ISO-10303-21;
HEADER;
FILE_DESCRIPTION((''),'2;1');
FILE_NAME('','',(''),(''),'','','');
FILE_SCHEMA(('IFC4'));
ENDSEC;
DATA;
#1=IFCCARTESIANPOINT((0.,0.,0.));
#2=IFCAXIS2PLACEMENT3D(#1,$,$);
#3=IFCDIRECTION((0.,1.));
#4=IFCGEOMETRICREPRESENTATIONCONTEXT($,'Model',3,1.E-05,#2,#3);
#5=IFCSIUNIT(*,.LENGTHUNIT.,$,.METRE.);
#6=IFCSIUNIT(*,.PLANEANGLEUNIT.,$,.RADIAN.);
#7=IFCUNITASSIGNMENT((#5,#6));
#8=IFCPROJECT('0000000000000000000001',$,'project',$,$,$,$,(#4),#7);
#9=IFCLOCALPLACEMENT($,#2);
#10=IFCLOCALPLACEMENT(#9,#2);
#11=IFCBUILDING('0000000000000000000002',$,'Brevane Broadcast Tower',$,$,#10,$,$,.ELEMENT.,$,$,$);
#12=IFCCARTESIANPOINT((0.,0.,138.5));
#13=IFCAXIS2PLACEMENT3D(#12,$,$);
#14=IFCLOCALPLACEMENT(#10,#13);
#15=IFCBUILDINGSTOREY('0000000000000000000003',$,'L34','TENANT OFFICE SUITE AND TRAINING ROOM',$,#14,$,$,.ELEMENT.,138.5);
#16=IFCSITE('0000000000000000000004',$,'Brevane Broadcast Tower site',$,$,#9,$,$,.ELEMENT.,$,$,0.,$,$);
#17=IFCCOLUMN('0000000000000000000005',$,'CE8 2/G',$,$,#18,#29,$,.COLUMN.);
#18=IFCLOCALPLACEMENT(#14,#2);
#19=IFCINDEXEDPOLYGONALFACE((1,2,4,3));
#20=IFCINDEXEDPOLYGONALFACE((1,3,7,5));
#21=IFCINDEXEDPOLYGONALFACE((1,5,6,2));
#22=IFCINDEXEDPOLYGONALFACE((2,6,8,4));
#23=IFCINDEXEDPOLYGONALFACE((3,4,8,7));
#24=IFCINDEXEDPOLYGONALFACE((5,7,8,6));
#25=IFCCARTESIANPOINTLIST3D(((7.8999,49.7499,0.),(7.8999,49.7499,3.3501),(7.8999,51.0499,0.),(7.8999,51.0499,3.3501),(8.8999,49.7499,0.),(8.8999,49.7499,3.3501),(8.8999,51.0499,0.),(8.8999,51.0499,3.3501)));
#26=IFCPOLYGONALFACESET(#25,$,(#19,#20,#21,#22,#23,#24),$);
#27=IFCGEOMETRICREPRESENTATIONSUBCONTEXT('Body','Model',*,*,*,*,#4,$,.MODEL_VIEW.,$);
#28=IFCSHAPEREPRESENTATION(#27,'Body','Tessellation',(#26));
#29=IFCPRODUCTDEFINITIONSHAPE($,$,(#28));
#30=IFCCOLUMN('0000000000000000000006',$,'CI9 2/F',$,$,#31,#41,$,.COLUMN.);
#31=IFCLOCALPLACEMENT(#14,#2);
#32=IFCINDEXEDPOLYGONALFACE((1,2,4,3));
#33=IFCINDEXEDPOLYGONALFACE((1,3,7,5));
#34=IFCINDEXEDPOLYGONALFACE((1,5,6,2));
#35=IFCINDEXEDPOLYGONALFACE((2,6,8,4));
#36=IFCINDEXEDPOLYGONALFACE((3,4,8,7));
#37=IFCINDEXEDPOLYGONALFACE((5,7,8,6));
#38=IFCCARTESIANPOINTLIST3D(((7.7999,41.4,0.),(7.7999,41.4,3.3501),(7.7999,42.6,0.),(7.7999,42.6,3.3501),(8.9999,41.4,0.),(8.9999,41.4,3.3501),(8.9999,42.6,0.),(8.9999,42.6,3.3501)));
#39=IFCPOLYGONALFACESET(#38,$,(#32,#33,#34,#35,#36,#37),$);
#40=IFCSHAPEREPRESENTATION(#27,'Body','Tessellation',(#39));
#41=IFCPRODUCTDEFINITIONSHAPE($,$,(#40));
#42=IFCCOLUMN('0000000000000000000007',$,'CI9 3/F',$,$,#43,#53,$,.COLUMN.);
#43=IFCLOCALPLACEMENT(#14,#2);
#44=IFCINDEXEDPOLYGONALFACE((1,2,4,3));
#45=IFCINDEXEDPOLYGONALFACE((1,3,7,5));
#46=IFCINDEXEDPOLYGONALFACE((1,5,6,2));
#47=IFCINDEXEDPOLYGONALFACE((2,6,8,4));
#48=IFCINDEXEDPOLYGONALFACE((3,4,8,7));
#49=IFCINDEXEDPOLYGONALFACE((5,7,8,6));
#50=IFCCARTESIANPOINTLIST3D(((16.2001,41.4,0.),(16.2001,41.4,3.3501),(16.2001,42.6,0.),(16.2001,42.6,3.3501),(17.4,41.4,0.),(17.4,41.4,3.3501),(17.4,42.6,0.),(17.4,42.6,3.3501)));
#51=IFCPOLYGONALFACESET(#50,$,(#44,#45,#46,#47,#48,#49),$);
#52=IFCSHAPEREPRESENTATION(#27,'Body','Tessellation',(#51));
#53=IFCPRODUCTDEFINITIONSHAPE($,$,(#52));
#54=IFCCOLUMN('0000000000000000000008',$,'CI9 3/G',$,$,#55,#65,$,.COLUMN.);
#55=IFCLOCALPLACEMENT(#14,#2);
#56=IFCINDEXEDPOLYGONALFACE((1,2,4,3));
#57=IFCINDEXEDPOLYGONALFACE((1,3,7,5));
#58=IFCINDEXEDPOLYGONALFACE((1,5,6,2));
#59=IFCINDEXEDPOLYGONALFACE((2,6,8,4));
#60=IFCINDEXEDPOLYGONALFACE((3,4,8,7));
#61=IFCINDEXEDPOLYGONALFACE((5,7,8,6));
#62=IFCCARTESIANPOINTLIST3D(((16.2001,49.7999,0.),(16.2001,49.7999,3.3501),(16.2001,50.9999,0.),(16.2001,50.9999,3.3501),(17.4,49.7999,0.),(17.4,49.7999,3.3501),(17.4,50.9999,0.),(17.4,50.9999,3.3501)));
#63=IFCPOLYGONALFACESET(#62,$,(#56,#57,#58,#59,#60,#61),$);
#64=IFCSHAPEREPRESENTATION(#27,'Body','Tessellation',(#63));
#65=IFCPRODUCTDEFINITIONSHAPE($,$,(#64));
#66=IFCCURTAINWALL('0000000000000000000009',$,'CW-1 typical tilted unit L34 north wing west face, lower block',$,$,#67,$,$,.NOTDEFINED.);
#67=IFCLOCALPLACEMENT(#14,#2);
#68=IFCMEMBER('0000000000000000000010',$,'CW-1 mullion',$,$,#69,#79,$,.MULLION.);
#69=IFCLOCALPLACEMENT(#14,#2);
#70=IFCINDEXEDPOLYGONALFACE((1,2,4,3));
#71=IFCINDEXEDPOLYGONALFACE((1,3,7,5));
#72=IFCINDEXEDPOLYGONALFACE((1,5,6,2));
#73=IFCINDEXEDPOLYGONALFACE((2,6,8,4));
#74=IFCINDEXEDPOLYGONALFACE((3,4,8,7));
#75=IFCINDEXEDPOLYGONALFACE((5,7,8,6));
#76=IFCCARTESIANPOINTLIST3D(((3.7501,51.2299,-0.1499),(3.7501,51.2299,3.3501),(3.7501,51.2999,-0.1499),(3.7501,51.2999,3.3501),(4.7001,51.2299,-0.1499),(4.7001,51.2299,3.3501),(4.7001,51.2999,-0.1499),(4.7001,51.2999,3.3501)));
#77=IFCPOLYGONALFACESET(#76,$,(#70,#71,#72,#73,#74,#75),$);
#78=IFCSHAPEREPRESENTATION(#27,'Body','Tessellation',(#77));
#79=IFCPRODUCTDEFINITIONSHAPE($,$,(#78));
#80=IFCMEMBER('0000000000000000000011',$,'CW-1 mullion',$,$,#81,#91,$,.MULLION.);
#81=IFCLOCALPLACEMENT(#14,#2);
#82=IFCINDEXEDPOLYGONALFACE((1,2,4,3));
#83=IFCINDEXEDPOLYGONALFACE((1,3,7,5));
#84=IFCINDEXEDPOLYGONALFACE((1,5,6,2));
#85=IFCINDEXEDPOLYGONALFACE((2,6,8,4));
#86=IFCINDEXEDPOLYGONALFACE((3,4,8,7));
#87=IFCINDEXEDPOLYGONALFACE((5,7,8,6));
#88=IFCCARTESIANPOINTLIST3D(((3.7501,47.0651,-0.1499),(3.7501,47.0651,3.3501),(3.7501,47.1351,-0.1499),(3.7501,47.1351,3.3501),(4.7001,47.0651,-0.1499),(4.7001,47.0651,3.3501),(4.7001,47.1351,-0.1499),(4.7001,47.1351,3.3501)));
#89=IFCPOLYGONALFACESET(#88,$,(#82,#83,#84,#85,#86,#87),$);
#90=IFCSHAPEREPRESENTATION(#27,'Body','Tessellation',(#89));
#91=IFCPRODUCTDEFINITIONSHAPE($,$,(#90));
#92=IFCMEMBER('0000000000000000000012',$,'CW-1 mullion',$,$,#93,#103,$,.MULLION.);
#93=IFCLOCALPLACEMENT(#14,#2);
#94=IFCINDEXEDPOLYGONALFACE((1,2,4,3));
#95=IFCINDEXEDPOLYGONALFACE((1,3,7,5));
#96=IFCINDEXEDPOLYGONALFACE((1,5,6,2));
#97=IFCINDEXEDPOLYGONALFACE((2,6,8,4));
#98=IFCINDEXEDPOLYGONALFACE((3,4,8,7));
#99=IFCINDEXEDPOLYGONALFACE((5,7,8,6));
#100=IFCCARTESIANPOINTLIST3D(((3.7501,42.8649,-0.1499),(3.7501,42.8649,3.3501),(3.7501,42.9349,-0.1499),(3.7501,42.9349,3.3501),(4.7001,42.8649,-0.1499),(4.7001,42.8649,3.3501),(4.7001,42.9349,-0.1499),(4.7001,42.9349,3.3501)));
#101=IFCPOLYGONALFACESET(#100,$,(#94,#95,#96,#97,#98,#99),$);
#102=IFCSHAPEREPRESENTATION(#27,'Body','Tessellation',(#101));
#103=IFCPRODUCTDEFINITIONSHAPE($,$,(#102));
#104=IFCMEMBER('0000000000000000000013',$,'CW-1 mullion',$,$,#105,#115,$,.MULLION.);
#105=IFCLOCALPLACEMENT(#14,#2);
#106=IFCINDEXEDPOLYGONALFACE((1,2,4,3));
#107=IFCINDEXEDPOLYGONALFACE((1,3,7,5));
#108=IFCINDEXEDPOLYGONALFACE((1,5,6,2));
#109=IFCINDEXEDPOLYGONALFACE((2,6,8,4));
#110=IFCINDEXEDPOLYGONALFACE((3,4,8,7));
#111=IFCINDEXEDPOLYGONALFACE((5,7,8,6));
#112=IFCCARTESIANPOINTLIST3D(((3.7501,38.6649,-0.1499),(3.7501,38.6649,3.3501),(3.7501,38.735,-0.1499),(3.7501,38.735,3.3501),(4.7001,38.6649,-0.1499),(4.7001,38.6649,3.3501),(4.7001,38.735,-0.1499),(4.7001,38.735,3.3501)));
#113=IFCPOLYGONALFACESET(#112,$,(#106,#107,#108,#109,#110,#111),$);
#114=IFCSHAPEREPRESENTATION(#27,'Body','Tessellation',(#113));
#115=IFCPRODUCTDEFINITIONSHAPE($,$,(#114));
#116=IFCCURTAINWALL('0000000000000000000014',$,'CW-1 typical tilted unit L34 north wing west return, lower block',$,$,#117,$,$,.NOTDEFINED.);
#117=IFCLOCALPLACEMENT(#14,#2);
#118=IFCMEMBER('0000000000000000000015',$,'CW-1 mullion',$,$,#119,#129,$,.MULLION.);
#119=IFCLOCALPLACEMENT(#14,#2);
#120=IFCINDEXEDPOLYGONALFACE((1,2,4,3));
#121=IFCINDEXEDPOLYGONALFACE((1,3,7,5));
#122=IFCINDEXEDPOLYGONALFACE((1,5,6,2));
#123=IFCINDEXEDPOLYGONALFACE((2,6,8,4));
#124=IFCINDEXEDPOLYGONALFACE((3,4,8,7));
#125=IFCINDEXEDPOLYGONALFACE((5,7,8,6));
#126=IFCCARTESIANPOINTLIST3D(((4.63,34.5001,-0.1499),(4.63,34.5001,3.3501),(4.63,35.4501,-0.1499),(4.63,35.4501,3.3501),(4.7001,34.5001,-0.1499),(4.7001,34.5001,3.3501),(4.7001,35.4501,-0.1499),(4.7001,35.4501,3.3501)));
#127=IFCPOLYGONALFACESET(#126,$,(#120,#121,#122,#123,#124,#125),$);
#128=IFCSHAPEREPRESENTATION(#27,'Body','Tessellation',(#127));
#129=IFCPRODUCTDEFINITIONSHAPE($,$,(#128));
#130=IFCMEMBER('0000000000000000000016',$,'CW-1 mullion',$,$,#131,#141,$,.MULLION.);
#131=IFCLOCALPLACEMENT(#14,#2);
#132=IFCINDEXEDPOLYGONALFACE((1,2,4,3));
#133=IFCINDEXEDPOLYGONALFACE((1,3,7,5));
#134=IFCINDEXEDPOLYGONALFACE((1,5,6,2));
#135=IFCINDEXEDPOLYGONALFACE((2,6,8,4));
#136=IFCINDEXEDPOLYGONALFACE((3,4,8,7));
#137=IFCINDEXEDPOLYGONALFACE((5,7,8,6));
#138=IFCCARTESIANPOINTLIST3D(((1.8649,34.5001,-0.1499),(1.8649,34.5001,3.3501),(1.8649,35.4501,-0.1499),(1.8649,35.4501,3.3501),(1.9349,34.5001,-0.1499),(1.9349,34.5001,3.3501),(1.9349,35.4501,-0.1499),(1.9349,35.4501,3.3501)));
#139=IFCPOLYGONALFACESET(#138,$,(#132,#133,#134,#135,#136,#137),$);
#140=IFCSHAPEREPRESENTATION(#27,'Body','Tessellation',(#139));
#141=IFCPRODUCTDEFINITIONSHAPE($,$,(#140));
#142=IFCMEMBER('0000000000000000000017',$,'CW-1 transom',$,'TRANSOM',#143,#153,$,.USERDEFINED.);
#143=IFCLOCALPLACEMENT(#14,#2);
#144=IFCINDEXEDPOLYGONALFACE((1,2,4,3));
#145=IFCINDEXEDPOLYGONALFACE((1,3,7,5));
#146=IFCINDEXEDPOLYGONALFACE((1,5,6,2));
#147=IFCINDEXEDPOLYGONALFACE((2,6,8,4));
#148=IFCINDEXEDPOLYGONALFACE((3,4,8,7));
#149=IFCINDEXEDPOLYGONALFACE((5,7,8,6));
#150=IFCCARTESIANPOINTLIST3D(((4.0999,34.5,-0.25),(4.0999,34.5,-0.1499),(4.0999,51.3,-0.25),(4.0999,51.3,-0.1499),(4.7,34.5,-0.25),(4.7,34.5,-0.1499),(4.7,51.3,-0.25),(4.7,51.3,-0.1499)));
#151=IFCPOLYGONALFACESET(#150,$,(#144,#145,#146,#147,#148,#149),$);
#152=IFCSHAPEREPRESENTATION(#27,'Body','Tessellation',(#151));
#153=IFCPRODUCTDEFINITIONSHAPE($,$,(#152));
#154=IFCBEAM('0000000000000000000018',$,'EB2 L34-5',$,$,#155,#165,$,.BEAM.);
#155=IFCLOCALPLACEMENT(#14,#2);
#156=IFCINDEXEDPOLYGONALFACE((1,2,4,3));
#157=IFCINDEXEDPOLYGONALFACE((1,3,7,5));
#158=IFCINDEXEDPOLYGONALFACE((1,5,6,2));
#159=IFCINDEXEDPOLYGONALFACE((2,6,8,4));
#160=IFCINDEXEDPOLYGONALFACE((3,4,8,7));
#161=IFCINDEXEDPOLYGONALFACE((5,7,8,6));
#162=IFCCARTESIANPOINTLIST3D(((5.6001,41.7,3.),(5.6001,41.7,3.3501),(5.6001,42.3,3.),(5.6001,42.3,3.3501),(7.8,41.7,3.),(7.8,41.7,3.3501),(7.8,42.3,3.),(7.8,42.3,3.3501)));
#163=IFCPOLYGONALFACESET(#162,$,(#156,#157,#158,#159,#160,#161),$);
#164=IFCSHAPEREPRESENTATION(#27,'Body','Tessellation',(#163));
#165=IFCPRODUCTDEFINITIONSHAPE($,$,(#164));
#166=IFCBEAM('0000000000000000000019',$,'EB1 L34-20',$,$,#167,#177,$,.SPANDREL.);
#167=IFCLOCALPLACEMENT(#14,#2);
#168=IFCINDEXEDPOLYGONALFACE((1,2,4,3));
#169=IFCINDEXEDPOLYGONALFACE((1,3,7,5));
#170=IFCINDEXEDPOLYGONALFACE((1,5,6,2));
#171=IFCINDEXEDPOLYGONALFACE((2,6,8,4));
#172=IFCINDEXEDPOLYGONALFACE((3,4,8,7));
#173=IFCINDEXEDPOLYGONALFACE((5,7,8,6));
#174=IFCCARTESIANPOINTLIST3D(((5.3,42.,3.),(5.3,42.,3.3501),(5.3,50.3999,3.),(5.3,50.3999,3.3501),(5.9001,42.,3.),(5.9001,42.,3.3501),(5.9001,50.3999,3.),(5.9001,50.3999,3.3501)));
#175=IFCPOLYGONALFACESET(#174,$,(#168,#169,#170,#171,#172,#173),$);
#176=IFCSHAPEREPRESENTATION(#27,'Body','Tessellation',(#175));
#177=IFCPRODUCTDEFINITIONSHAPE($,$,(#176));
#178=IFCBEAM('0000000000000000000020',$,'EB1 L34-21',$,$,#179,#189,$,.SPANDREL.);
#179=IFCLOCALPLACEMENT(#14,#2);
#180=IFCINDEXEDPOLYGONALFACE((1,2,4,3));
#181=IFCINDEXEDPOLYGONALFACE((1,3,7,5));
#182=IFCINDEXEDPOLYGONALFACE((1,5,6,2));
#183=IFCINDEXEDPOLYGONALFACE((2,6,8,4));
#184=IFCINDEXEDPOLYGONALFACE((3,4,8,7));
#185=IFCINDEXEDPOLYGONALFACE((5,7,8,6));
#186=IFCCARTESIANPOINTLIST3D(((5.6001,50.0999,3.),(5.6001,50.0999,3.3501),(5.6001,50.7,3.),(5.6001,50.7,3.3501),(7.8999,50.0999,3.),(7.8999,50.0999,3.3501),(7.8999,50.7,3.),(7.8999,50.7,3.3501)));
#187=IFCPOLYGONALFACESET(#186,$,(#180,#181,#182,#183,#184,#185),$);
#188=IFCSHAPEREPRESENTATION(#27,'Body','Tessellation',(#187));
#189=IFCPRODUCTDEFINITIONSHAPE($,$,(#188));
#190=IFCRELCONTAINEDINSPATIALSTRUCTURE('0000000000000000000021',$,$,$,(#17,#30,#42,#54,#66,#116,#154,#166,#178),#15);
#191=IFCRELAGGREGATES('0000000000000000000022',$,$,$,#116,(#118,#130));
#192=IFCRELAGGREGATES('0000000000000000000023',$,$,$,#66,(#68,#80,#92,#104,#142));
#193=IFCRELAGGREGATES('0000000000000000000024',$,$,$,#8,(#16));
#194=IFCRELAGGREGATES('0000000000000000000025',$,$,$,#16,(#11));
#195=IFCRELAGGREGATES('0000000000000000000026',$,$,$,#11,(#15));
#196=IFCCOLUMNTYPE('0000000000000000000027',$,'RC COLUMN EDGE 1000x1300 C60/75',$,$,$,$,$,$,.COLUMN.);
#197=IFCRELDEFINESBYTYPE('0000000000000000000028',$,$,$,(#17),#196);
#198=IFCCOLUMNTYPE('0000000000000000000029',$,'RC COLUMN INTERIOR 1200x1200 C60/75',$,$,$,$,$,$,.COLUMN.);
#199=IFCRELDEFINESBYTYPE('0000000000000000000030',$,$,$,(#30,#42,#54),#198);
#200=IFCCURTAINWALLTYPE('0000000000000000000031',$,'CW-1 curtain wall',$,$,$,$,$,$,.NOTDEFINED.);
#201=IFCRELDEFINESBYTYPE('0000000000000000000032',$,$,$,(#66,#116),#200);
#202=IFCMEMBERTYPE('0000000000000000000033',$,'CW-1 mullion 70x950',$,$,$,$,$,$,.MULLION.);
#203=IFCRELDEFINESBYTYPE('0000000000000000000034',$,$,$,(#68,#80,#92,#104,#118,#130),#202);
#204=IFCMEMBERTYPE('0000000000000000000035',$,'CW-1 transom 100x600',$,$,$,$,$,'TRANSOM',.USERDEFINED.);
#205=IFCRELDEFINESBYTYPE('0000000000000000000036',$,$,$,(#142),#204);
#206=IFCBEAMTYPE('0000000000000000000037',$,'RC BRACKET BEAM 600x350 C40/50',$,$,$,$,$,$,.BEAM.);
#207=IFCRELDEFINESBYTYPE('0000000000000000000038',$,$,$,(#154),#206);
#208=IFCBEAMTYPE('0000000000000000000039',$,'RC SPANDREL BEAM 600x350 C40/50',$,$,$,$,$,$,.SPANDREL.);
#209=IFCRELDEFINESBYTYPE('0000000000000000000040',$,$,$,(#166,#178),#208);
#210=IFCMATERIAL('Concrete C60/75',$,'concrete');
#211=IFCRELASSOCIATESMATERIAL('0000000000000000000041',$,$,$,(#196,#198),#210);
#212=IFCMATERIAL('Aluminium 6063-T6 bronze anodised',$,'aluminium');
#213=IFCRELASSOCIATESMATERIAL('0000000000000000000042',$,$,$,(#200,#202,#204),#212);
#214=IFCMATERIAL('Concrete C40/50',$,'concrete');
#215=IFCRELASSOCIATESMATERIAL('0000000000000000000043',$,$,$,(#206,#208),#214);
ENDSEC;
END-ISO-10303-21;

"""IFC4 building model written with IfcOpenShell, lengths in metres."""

from ifc_helpers import new_model, si_unit, direction, frame, origin, origin_2d, place, context, subcontext, project, spatial, rectangle, extrude, material, material_profile, profile_set, type_object, element, aggregate, save


model = new_model("IFC4")

# Units and contexts
model_context = context("Model", 3, precision=1e-05, world=origin(), true_north=direction((0.0, 1.0)))
body_context = subcontext(model_context, "Body", "Model", "MODEL_VIEW")
ifc_project = project(units=[si_unit("LENGTHUNIT", "METRE"), si_unit("PLANEANGLEUNIT", "RADIAN")], contexts=[model_context])

# Site, building, storey
site_placement = place(None, origin())
site = spatial("IfcSite", under=ifc_project, at=site_placement, Name="Brevane Broadcast Tower site", CompositionType="ELEMENT", RefElevation=0.0)
building_placement = place(site_placement, origin())
building = spatial("IfcBuilding", under=site, at=building_placement, Name="Brevane Broadcast Tower", CompositionType="ELEMENT")
storey_placement = place(building_placement, frame((0.0, 0.0, 138.5)))
storey = spatial("IfcBuildingStorey", under=building, at=storey_placement, Name="L34", Description="TENANT OFFICE SUITE AND TRAINING ROOM", CompositionType="ELEMENT", Elevation=138.5)

# Columns
ifc_material_1 = material(Name="Concrete C60/75", Category="concrete")
ifc_material_profile_1 = material_profile(ifc_material_1, rectangle(XDim=1.0, YDim=1.3, at=origin_2d()), Name="RC 1000x1300")
ifc_profile_set_1 = profile_set([ifc_material_profile_1], Name="Concrete C60/75")
column_type_1 = type_object("IfcColumnType", Name="RC COLUMN EDGE 1000x1300 C60/75", PredefinedType="COLUMN", material=ifc_profile_set_1)
column_placement = place(storey_placement, frame((8.3999, 50.3999, 0.0), z_axis=(0.0, 0.0, 1.0), x_axis=(1.0, 0.0, 0.0)))
element("IfcColumn", 1, at=column_placement, inside=storey, type_object=column_type_1, Name="CE8 2/G", PredefinedType="COLUMN", context=body_context, shape_type="SweptSolid", body=[
    extrude(rectangle(XDim=1.0, YDim=1.3, at=origin_2d()), origin(), (0.0, 0.0, 1.0), 3.3501),
])
ifc_material_profile_2 = material_profile(ifc_material_1, rectangle(XDim=1.2, YDim=1.2, at=origin_2d()), Name="RC 1200x1200")
ifc_profile_set_2 = profile_set([ifc_material_profile_2], Name="Concrete C60/75")
column_type_2 = type_object("IfcColumnType", Name="RC COLUMN INTERIOR 1200x1200 C60/75", PredefinedType="COLUMN", material=ifc_profile_set_2)
for number, where, z_axis, x_axis, name in (
    (2, (8.3999, 42.0, 0.0), (0.0, 0.0, 1.0), (1.0, 0.0, 0.0), "CI9 2/F"),
    (3, (16.8, 42.0, 0.0), (0.0, 0.0, 1.0), (1.0, 0.0, 0.0), "CI9 3/F"),
    (4, (16.8, 50.3999, 0.0), (0.0, 0.0, 1.0), (1.0, 0.0, 0.0), "CI9 3/G"),
):
    element("IfcColumn", number, at=place(storey_placement, frame(where, z_axis=z_axis, x_axis=x_axis)), inside=storey, type_object=column_type_2, Name=name, PredefinedType="COLUMN", context=body_context, shape_type="SweptSolid", body=[
        extrude(rectangle(XDim=1.2, YDim=1.2, at=origin_2d()), origin(), (0.0, 0.0, 1.0), 3.3501),
    ])

# Curtain walls, members
ifc_material_2 = material(Name="Aluminium 6063-T6 bronze anodised", Category="aluminium")
curtain_wall_type = type_object("IfcCurtainWallType", Name="CW-1 curtain wall", PredefinedType="NOTDEFINED", material=ifc_material_2)
curtain_wall_1_placement = place(storey_placement, origin())
curtain_wall_1 = element("IfcCurtainWall", 5, at=curtain_wall_1_placement, inside=storey, type_object=curtain_wall_type, Name="CW-1 typical tilted unit L34 north wing west face, lower block", PredefinedType="NOTDEFINED")
ifc_material_profile_3 = material_profile(ifc_material_2, rectangle(XDim=0.95, YDim=0.0701, at=origin_2d()), Name="RECT 70x950")
ifc_profile_set_3 = profile_set([ifc_material_profile_3], Name="Aluminium 6063-T6 bronze anodised")
member_type_1 = type_object("IfcMemberType", Name="CW-1 mullion 70x950", PredefinedType="MULLION", material=ifc_profile_set_3)
member_1_placement = place(storey_placement, frame((4.2251, 51.2649, -0.1499), z_axis=(0.0, 0.0, 1.0), x_axis=(1.0, 0.0, 0.0)))
member_1 = element("IfcMember", 6, at=member_1_placement, type_object=member_type_1, Name="CW-1 mullion", PredefinedType="MULLION", context=body_context, shape_type="SweptSolid", body=[
    extrude(rectangle(XDim=0.95, YDim=0.0701, at=origin_2d()), origin(), (0.0, 0.0, 1.0), 3.5),
])
member_2_placement = place(storey_placement, frame((4.2251, 47.1001, -0.1499), z_axis=(0.0, 0.0, 1.0), x_axis=(1.0, 0.0, 0.0)))
member_2 = element("IfcMember", 7, at=member_2_placement, type_object=member_type_1, Name="CW-1 mullion", PredefinedType="MULLION", context=body_context, shape_type="SweptSolid", body=[
    extrude(rectangle(XDim=0.95, YDim=0.0701, at=origin_2d()), origin(), (0.0, 0.0, 1.0), 3.5),
])
member_3_placement = place(storey_placement, frame((4.2251, 42.8999, -0.1499), z_axis=(0.0, 0.0, 1.0), x_axis=(1.0, 0.0, 0.0)))
member_3 = element("IfcMember", 8, at=member_3_placement, type_object=member_type_1, Name="CW-1 mullion", PredefinedType="MULLION", context=body_context, shape_type="SweptSolid", body=[
    extrude(rectangle(XDim=0.95, YDim=0.0701, at=origin_2d()), origin(), (0.0, 0.0, 1.0), 3.5),
])
member_4_placement = place(storey_placement, frame((4.2251, 38.7, -0.1499), z_axis=(0.0, 0.0, 1.0), x_axis=(1.0, 0.0, 0.0)))
member_4 = element("IfcMember", 9, at=member_4_placement, type_object=member_type_1, Name="CW-1 mullion", PredefinedType="MULLION", context=body_context, shape_type="SweptSolid", body=[
    extrude(rectangle(XDim=0.95, YDim=0.0701, at=origin_2d()), origin(), (0.0, 0.0, 1.0), 3.5),
])
curtain_wall_2_placement = place(storey_placement, origin())
curtain_wall_2 = element("IfcCurtainWall", 10, at=curtain_wall_2_placement, inside=storey, type_object=curtain_wall_type, Name="CW-1 typical tilted unit L34 north wing west return, lower block", PredefinedType="NOTDEFINED")
member_5_placement = place(storey_placement, frame((4.665, 34.9751, -0.1499), z_axis=(0.0, 0.0, 1.0), x_axis=(0.0, -1.0, 0.0)))
member_5 = element("IfcMember", 11, at=member_5_placement, type_object=member_type_1, Name="CW-1 mullion", PredefinedType="MULLION", context=body_context, shape_type="SweptSolid", body=[
    extrude(rectangle(XDim=0.95, YDim=0.0701, at=origin_2d()), origin(), (0.0, 0.0, 1.0), 3.5),
])
member_6_placement = place(storey_placement, frame((1.8999, 34.9751, -0.1499), z_axis=(0.0, 0.0, 1.0), x_axis=(0.0, -1.0, 0.0)))
member_6 = element("IfcMember", 12, at=member_6_placement, type_object=member_type_1, Name="CW-1 mullion", PredefinedType="MULLION", context=body_context, shape_type="SweptSolid", body=[
    extrude(rectangle(XDim=0.95, YDim=0.0701, at=origin_2d()), origin(), (0.0, 0.0, 1.0), 3.5),
])
aggregate(curtain_wall_2, [member_5, member_6])

# Member
ifc_material_profile_4 = material_profile(ifc_material_2, rectangle(XDim=0.6001, YDim=0.1001, at=origin_2d()), Name="RECT 100x600")
ifc_profile_set_4 = profile_set([ifc_material_profile_4], Name="Aluminium 6063-T6 bronze anodised")
member_type_2 = type_object("IfcMemberType", Name="CW-1 transom 100x600", ElementType="TRANSOM", PredefinedType="USERDEFINED", material=ifc_profile_set_4)
member_7_placement = place(storey_placement, frame((4.3999, 51.3, -0.2), z_axis=(0.0, -1.0, 0.0), x_axis=(1.0, 0.0, 0.0)))
member_7 = element("IfcMember", 13, at=member_7_placement, type_object=member_type_2, Name="CW-1 transom", ObjectType="TRANSOM", PredefinedType="USERDEFINED", context=body_context, shape_type="SweptSolid", body=[
    extrude(rectangle(XDim=0.6001, YDim=0.1001, at=origin_2d()), origin(), (0.0, 0.0, 1.0), 16.8),
])
aggregate(curtain_wall_1, [member_1, member_2, member_3, member_4, member_7])

# Beams
ifc_material_3 = material(Name="Concrete C40/50", Category="concrete")
ifc_material_profile_5 = material_profile(ifc_material_3, rectangle(XDim=0.6001, YDim=0.3501, at=origin_2d()), Name="RC 600x350")
ifc_profile_set_5 = profile_set([ifc_material_profile_5], Name="Concrete C40/50")
beam_type_1 = type_object("IfcBeamType", Name="RC BRACKET BEAM 600x350 C40/50", PredefinedType="BEAM", material=ifc_profile_set_5)
beam_1_placement = place(storey_placement, frame((7.8, 42.0, 3.175), z_axis=(-1.0, 0.0, 0.0), x_axis=(0.0, -1.0, 0.0)))
element("IfcBeam", 14, at=beam_1_placement, inside=storey, type_object=beam_type_1, Name="EB2 L34-5", PredefinedType="BEAM", context=body_context, shape_type="SweptSolid", body=[
    extrude(rectangle(XDim=0.6001, YDim=0.3501, at=origin_2d()), origin(), (0.0, 0.0, 1.0), 2.2),
])
ifc_material_profile_6 = material_profile(ifc_material_3, rectangle(XDim=0.6001, YDim=0.3501, at=origin_2d()), Name="RC 600x350")
ifc_profile_set_6 = profile_set([ifc_material_profile_6], Name="Concrete C40/50")
beam_type_2 = type_object("IfcBeamType", Name="RC SPANDREL BEAM 600x350 C40/50", PredefinedType="SPANDREL", material=ifc_profile_set_6)
beam_2_placement = place(storey_placement, frame((5.6001, 42.0, 3.175), z_axis=(0.0, 1.0, 0.0), x_axis=(-1.0, 0.0, 0.0)))
element("IfcBeam", 15, at=beam_2_placement, inside=storey, type_object=beam_type_2, Name="EB1 L34-20", PredefinedType="SPANDREL", context=body_context, shape_type="SweptSolid", body=[
    extrude(rectangle(XDim=0.6001, YDim=0.3501, at=origin_2d()), origin(), (0.0, 0.0, 1.0), 8.3999),
])
beam_3_placement = place(storey_placement, frame((5.6001, 50.3999, 3.175), z_axis=(1.0, 0.0, 0.0), x_axis=(0.0, 1.0, 0.0)))
element("IfcBeam", 16, at=beam_3_placement, inside=storey, type_object=beam_type_2, Name="EB1 L34-21", PredefinedType="SPANDREL", context=body_context, shape_type="SweptSolid", body=[
    extrude(rectangle(XDim=0.6001, YDim=0.3501, at=origin_2d()), origin(), (0.0, 0.0, 1.0), 2.2998),
])

save(model, "model.ifc")
